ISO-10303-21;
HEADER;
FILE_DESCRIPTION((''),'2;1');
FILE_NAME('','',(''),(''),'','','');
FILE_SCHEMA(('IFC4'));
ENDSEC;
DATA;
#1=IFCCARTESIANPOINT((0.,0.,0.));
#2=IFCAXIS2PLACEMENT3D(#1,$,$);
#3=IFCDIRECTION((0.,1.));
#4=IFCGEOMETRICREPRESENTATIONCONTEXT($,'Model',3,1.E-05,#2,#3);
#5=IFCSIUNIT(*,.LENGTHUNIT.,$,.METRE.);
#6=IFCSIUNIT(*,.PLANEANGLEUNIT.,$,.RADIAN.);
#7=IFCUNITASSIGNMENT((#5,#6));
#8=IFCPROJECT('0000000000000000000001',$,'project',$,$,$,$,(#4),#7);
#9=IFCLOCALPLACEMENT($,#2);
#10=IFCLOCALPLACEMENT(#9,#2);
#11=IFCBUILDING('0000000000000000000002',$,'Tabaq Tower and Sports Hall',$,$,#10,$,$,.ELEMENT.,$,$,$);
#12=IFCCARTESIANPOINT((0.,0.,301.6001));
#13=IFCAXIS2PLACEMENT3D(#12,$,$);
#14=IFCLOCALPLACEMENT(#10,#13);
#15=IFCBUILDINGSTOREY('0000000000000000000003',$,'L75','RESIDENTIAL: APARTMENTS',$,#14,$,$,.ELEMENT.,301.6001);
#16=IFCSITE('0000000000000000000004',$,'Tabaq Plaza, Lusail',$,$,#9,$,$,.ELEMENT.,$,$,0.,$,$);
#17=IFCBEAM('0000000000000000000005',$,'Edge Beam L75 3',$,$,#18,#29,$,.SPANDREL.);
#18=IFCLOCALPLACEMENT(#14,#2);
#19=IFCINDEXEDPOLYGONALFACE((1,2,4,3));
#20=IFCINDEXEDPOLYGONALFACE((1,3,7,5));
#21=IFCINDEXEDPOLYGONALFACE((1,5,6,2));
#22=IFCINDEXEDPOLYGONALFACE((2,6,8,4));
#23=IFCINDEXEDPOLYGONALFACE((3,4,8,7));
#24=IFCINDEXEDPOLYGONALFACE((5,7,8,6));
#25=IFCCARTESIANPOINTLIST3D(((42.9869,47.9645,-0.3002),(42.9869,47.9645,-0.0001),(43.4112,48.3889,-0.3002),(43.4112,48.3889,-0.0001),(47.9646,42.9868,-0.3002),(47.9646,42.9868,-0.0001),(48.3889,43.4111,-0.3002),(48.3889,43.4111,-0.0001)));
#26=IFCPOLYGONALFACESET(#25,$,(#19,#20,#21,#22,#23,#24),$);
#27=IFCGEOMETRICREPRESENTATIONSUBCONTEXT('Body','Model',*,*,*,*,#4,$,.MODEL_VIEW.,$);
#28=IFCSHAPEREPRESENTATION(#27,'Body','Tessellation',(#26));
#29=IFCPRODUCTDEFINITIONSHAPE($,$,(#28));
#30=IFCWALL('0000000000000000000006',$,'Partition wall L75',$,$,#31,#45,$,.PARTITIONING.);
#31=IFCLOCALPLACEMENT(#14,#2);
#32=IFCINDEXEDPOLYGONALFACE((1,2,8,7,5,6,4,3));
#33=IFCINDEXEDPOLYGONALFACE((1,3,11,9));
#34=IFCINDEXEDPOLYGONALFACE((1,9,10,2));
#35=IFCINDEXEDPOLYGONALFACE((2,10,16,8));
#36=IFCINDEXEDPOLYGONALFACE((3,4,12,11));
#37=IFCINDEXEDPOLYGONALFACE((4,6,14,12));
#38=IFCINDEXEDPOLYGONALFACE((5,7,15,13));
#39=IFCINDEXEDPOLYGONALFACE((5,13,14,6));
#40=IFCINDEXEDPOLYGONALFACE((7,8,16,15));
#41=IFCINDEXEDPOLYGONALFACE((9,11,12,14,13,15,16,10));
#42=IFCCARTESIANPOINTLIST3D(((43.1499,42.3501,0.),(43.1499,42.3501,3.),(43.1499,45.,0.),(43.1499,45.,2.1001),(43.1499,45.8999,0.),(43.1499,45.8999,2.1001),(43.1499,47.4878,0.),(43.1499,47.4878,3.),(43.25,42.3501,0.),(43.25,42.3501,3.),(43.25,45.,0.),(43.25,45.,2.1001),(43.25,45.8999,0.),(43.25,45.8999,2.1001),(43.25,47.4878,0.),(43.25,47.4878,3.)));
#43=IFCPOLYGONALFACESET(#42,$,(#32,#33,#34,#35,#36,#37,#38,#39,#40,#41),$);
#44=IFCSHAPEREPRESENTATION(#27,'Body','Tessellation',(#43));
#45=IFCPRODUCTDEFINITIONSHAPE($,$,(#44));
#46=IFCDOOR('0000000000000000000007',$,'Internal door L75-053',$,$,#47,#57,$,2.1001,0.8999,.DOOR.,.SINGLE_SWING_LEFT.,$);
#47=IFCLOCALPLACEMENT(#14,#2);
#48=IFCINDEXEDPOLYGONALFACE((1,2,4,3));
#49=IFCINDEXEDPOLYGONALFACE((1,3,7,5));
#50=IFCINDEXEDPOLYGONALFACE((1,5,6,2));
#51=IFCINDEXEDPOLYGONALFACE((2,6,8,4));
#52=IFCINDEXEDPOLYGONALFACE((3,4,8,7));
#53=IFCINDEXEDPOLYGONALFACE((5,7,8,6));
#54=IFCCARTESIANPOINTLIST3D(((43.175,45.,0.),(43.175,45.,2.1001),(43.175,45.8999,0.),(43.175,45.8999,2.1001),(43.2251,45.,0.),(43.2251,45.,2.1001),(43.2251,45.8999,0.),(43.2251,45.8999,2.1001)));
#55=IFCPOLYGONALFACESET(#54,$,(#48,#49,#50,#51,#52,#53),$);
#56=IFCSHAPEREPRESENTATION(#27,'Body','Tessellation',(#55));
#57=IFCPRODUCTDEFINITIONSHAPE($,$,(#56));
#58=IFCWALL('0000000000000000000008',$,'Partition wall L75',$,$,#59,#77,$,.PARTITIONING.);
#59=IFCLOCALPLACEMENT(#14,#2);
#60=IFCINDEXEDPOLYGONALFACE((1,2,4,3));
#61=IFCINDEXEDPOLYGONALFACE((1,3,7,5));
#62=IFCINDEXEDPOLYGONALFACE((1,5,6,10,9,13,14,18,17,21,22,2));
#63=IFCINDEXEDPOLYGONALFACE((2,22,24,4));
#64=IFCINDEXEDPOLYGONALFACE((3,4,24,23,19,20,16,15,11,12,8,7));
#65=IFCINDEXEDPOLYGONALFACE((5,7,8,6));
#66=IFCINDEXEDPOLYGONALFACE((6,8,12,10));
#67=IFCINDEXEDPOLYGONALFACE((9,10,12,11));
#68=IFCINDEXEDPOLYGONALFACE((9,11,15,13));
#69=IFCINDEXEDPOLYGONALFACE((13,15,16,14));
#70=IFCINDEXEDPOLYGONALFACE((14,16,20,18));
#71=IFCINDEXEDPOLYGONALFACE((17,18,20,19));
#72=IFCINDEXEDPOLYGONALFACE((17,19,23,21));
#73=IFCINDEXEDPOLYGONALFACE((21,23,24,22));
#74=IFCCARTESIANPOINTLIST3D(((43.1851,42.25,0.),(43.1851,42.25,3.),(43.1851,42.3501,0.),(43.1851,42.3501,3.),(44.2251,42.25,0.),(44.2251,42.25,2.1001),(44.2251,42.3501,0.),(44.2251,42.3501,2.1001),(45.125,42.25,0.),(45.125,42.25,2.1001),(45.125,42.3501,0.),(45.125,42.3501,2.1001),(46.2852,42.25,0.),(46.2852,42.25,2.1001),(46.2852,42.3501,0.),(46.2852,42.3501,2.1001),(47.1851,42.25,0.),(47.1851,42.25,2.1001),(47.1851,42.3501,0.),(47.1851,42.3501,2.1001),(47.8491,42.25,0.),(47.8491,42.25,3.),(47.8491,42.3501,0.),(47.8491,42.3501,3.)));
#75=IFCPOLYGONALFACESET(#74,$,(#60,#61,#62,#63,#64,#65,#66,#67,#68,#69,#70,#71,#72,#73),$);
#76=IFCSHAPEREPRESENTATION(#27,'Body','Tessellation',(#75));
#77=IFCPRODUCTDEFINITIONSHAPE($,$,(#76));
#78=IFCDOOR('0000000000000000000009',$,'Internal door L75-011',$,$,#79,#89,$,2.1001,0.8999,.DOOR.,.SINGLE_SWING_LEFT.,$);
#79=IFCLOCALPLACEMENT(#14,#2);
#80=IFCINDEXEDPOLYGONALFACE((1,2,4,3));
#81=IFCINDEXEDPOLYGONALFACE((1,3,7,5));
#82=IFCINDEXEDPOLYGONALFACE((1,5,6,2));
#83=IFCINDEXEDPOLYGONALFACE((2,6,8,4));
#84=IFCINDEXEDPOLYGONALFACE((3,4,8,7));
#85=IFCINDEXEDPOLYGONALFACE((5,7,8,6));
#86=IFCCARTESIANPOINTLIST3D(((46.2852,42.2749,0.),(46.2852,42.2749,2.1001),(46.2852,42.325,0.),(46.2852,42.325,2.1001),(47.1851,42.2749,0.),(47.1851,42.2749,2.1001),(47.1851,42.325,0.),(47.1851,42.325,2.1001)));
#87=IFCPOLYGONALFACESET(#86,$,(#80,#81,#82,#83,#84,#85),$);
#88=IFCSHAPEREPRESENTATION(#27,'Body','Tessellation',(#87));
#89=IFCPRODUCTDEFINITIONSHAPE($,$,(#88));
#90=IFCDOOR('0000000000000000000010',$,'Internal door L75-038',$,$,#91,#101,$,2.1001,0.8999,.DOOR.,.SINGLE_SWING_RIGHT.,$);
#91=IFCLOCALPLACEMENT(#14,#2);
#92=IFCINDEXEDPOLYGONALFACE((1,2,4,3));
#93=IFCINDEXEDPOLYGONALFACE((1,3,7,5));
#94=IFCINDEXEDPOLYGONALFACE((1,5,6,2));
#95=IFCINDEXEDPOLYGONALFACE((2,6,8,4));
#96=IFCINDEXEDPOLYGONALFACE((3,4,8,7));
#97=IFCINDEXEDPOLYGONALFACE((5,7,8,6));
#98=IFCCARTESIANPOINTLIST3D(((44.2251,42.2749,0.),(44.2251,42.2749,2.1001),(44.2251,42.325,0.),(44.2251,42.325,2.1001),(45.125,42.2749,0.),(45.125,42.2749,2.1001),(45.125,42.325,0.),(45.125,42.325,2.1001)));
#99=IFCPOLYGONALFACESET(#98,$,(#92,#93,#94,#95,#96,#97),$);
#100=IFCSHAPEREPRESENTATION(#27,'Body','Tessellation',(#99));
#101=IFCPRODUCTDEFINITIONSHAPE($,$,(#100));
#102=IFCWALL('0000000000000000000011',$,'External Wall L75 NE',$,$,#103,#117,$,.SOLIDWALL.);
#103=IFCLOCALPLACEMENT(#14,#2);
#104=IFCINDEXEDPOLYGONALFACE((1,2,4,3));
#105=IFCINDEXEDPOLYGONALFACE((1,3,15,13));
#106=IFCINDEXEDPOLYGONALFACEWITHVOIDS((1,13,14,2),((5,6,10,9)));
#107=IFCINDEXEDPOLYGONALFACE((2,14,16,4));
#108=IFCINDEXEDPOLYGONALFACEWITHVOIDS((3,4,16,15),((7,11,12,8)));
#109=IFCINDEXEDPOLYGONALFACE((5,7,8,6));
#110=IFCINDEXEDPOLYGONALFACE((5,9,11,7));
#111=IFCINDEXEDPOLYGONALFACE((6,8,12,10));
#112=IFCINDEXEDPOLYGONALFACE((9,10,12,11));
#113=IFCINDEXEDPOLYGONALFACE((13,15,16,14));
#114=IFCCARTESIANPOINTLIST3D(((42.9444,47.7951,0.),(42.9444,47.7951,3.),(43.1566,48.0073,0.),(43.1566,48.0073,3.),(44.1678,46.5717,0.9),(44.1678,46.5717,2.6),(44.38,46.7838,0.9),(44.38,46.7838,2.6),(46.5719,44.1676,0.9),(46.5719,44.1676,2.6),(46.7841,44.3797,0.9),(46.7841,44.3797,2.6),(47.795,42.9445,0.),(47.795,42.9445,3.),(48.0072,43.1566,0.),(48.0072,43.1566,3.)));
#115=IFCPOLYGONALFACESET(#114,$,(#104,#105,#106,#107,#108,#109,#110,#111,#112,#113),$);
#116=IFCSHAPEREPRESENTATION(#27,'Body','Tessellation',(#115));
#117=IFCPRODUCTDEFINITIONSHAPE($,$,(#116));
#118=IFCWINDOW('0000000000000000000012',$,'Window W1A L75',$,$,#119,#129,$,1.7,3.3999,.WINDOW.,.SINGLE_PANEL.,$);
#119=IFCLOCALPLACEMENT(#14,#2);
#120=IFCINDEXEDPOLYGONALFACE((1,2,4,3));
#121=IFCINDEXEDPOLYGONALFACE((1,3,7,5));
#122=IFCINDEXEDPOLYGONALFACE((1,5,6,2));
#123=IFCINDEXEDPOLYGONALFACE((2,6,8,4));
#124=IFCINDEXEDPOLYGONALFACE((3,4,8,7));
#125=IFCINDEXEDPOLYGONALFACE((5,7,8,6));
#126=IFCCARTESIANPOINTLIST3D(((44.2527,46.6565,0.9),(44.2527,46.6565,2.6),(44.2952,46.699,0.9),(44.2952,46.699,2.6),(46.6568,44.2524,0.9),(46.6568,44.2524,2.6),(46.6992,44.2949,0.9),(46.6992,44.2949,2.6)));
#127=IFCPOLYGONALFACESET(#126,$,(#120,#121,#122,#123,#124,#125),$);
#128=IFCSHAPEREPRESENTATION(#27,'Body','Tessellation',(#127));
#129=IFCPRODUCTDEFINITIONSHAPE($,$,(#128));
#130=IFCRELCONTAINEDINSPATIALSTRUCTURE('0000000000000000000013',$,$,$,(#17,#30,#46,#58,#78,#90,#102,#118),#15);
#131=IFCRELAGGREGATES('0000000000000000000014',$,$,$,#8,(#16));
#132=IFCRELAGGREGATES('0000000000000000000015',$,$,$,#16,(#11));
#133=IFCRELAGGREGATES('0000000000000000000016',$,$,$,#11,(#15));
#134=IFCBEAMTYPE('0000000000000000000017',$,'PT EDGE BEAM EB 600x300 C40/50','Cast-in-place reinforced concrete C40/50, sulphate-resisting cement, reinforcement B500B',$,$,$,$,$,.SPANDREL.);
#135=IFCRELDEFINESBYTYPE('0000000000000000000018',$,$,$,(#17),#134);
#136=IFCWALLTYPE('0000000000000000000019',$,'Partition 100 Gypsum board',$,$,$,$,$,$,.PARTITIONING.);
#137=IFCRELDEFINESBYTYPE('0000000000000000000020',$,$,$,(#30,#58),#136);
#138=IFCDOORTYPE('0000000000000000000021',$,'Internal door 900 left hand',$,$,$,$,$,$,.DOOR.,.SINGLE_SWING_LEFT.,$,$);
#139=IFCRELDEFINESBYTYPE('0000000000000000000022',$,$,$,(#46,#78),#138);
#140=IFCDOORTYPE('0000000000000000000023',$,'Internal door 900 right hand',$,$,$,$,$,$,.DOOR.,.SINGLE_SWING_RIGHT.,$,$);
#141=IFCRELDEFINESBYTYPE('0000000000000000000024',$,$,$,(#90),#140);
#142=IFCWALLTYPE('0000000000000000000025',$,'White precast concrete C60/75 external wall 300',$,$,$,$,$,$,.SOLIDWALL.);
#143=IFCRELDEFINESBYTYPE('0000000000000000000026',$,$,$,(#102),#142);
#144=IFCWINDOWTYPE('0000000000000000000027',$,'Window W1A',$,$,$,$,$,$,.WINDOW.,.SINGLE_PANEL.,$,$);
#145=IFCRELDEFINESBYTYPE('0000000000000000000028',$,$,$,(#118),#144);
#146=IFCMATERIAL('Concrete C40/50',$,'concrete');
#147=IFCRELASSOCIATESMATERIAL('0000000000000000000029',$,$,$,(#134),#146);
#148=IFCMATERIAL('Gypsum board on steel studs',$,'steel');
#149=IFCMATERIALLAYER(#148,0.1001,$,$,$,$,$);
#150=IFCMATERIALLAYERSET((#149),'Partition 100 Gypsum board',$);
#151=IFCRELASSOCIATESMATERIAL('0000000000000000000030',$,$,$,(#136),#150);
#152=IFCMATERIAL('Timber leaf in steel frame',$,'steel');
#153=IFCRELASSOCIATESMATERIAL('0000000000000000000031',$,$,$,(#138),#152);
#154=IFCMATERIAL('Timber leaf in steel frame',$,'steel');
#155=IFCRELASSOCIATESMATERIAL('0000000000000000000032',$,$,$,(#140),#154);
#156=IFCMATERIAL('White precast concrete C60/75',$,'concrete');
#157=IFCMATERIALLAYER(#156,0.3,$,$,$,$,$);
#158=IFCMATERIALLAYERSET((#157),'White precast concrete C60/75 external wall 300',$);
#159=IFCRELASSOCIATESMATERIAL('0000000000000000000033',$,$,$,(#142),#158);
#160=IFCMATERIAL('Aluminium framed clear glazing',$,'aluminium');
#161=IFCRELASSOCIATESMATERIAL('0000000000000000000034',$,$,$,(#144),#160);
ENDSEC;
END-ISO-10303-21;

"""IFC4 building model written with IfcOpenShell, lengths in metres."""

from ifc_helpers import new_model, si_unit, direction, frame, frame_2d, origin, origin_2d, place, context, subcontext, project, spatial, rectangle, extrude, material, layer, layer_set, material_profile, profile_set, type_object, element, fill, save


model = new_model("IFC4")

# Units and contexts
model_context = context("Model", 3, precision=1e-05, world=origin(), true_north=direction((0.0, 1.0)))
body_context = subcontext(model_context, "Body", "Model", "MODEL_VIEW")
ifc_project = project(units=[si_unit("LENGTHUNIT", "METRE"), si_unit("PLANEANGLEUNIT", "RADIAN")], contexts=[model_context])

# Site, building, storey
site_placement = place(None, origin())
site = spatial("IfcSite", under=ifc_project, at=site_placement, Name="Tabaq Plaza, Lusail", CompositionType="ELEMENT", RefElevation=0.0)
building_placement = place(site_placement, origin())
building = spatial("IfcBuilding", under=site, at=building_placement, Name="Tabaq Tower and Sports Hall", CompositionType="ELEMENT")
storey_placement = place(building_placement, frame((0.0, 0.0, 301.6001)))
storey = spatial("IfcBuildingStorey", under=building, at=storey_placement, Name="L75", Description="RESIDENTIAL: APARTMENTS", CompositionType="ELEMENT", Elevation=301.6001)

# Beam
ifc_material_1 = material(Name="Concrete C40/50", Category="concrete")
ifc_material_profile = material_profile(ifc_material_1, rectangle(XDim=0.6001, YDim=0.3, at=origin_2d()), Name="EB 600x300")
ifc_profile_set = profile_set([ifc_material_profile], Name="Concrete C40/50")
beam_type = type_object("IfcBeamType", Name="PT EDGE BEAM EB 600x300 C40/50", Description="Cast-in-place reinforced concrete C40/50, sulphate-resisting cement, reinforcement B500B", PredefinedType="SPANDREL", material=ifc_profile_set)
beam_placement = place(storey_placement, frame((48.1768, 43.199, -0.1501), z_axis=(-0.707107, 0.707107, 0.0), x_axis=(-0.707107, -0.707107, 0.0)))
element("IfcBeam", 1, at=beam_placement, inside=storey, type_object=beam_type, Name="Edge Beam L75 3", PredefinedType="SPANDREL", context=body_context, shape_type="SweptSolid", body=[
    extrude(rectangle(XDim=0.6001, YDim=0.3, at=origin_2d()), origin(), (0.0, 0.0, 1.0), 7.0396),
])

# Wall, opening, door
ifc_material_2 = material(Name="Gypsum board on steel studs", Category="steel")
ifc_layer_1 = layer(ifc_material_2, 0.1001)
ifc_layer_set_1 = layer_set([ifc_layer_1], Name="Partition 100 Gypsum board")
wall_type_1 = type_object("IfcWallType", Name="Partition 100 Gypsum board", PredefinedType="PARTITIONING", material=ifc_layer_set_1)
wall_1_placement = place(storey_placement, frame((43.2, 42.3501, 0.0), z_axis=(0.0, 0.0, 1.0), x_axis=(0.0, 1.0, 0.0)))
wall_1 = element("IfcWall", 2, at=wall_1_placement, inside=storey, type_object=wall_type_1, Name="Partition wall L75", PredefinedType="PARTITIONING", context=body_context, shape_type="SweptSolid", body=[
    extrude(rectangle(XDim=5.1377, YDim=0.1001, at=frame_2d((2.5688, 0.0))), origin(), (0.0, 0.0, 1.0), 3.0),
])
opening_1_placement = place(wall_1_placement, frame((2.6499, 0.0, 0.0)))
opening_1 = element("IfcOpeningElement", 3, at=opening_1_placement, cuts=wall_1, PredefinedType="OPENING", context=body_context, shape_type="SweptSolid", body=[
    extrude(rectangle(XDim=0.8999, YDim=2.1001, at=frame_2d((0.45, 1.05))), frame((0.0, 0.05, 0.0), z_axis=(0.0, -1.0, 0.0), x_axis=(1.0, 0.0, 0.0)), (0.0, 0.0, 1.0), 0.1001),
])
ifc_material_3 = material(Name="Timber leaf in steel frame", Category="steel")
door_type_1 = type_object("IfcDoorType", Name="Internal door 900 left hand", OperationType="SINGLE_SWING_LEFT", PredefinedType="DOOR", material=ifc_material_3)
door_1_placement = place(opening_1_placement, origin())
door_1 = element("IfcDoor", 4, at=door_1_placement, inside=storey, type_object=door_type_1, Name="Internal door L75-053", OperationType="SINGLE_SWING_LEFT", OverallHeight=2.1001, OverallWidth=0.8999, PredefinedType="DOOR", context=body_context, shape_type="SweptSolid", body=[
    extrude(rectangle(XDim=0.8999, YDim=2.1001, at=frame_2d((0.45, 1.05))), frame((0.0, 0.0249, 0.0), z_axis=(0.0, -1.0, 0.0), x_axis=(1.0, 0.0, 0.0)), (0.0, 0.0, 1.0), 0.05),
])
fill(opening_1, door_1)

# Wall, openings, doors
wall_2_placement = place(storey_placement, frame((43.1851, 42.3, 0.0), z_axis=(0.0, 0.0, 1.0), x_axis=(1.0, 0.0, 0.0)))
wall_2 = element("IfcWall", 5, at=wall_2_placement, inside=storey, type_object=wall_type_1, Name="Partition wall L75", PredefinedType="PARTITIONING", context=body_context, shape_type="SweptSolid", body=[
    extrude(rectangle(XDim=4.6641, YDim=0.1001, at=frame_2d((2.332, 0.0))), origin(), (0.0, 0.0, 1.0), 3.0),
])
opening_2_placement = place(wall_2_placement, frame((3.1001, 0.0, 0.0)))
opening_2 = element("IfcOpeningElement", 6, at=opening_2_placement, cuts=wall_2, PredefinedType="OPENING", context=body_context, shape_type="SweptSolid", body=[
    extrude(rectangle(XDim=0.8999, YDim=2.1001, at=frame_2d((0.45, 1.05))), frame((0.0, 0.05, 0.0), z_axis=(0.0, -1.0, 0.0), x_axis=(1.0, 0.0, 0.0)), (0.0, 0.0, 1.0), 0.1001),
])
opening_3_placement = place(wall_2_placement, frame((1.04, 0.0, 0.0)))
opening_3 = element("IfcOpeningElement", 7, at=opening_3_placement, cuts=wall_2, PredefinedType="OPENING", context=body_context, shape_type="SweptSolid", body=[
    extrude(rectangle(XDim=0.8999, YDim=2.1001, at=frame_2d((0.45, 1.05))), frame((0.0, 0.05, 0.0), z_axis=(0.0, -1.0, 0.0), x_axis=(1.0, 0.0, 0.0)), (0.0, 0.0, 1.0), 0.1001),
])
door_2_placement = place(opening_2_placement, origin())
door_2 = element("IfcDoor", 8, at=door_2_placement, inside=storey, type_object=door_type_1, Name="Internal door L75-011", OperationType="SINGLE_SWING_LEFT", OverallHeight=2.1001, OverallWidth=0.8999, PredefinedType="DOOR", context=body_context, shape_type="SweptSolid", body=[
    extrude(rectangle(XDim=0.8999, YDim=2.1001, at=frame_2d((0.45, 1.05))), frame((0.0, 0.0249, 0.0), z_axis=(0.0, -1.0, 0.0), x_axis=(1.0, 0.0, 0.0)), (0.0, 0.0, 1.0), 0.05),
])
fill(opening_2, door_2)
ifc_material_4 = material(Name="Timber leaf in steel frame", Category="steel")
door_type_2 = type_object("IfcDoorType", Name="Internal door 900 right hand", OperationType="SINGLE_SWING_RIGHT", PredefinedType="DOOR", material=ifc_material_4)
door_3_placement = place(opening_3_placement, origin())
door_3 = element("IfcDoor", 9, at=door_3_placement, inside=storey, type_object=door_type_2, Name="Internal door L75-038", OperationType="SINGLE_SWING_RIGHT", OverallHeight=2.1001, OverallWidth=0.8999, PredefinedType="DOOR", context=body_context, shape_type="SweptSolid", body=[
    extrude(rectangle(XDim=0.8999, YDim=2.1001, at=frame_2d((0.45, 1.05))), frame((0.0, 0.0249, 0.0), z_axis=(0.0, -1.0, 0.0), x_axis=(1.0, 0.0, 0.0)), (0.0, 0.0, 1.0), 0.05),
])
fill(opening_3, door_3)

# Wall, opening, window
ifc_material_5 = material(Name="White precast concrete C60/75", Category="concrete")
ifc_layer_2 = layer(ifc_material_5, 0.3)
ifc_layer_set_2 = layer_set([ifc_layer_2], Name="White precast concrete C60/75 external wall 300")
wall_type_2 = type_object("IfcWallType", Name="White precast concrete C60/75 external wall 300", PredefinedType="SOLIDWALL", material=ifc_layer_set_2)
wall_3_placement = place(storey_placement, frame((47.9011, 43.0505, 0.0), z_axis=(0.0, 0.0, 1.0), x_axis=(-0.707107, 0.707107, 0.0)))
wall_3 = element("IfcWall", 10, at=wall_3_placement, inside=storey, type_object=wall_type_2, Name="External Wall L75 NE", PredefinedType="SOLIDWALL", context=body_context, shape_type="SweptSolid", body=[
    extrude(rectangle(XDim=6.8599, YDim=0.3, at=frame_2d((3.4299, 0.0))), origin(), (0.0, 0.0, 1.0), 3.0),
])
opening_4_placement = place(wall_3_placement, frame((1.7297, 0.0, 0.8999)))
opening_4 = element("IfcOpeningElement", 11, at=opening_4_placement, cuts=wall_3, PredefinedType="OPENING", context=body_context, shape_type="SweptSolid", body=[
    extrude(rectangle(XDim=3.3999, YDim=1.7, at=frame_2d((1.7, 0.8501))), frame((0.0, 0.1602, 0.0), z_axis=(0.0, -1.0, 0.0), x_axis=(1.0, 0.0, 0.0)), (0.0, 0.0, 1.0), 0.3201),
])
ifc_material_6 = material(Name="Aluminium framed clear glazing", Category="aluminium")
window_type_1 = type_object("IfcWindowType", Name="Window W1A", PartitioningType="SINGLE_PANEL", PredefinedType="WINDOW", material=ifc_material_6)
window_1_placement = place(opening_4_placement, origin())
window_1 = element("IfcWindow", 12, at=window_1_placement, inside=storey, type_object=window_type_1, Name="Window W1A L75", OverallHeight=1.7, OverallWidth=3.3999, PartitioningType="SINGLE_PANEL", PredefinedType="WINDOW", context=body_context, shape_type="SweptSolid", body=[
    extrude(rectangle(XDim=3.3999, YDim=1.7, at=frame_2d((1.7, 0.8501))), frame((0.0, 0.03, 0.0), z_axis=(0.0, -1.0, 0.0), x_axis=(1.0, 0.0, 0.0)), (0.0, 0.0, 1.0), 0.0601),
])
fill(opening_4, window_1)

save(model, "model.ifc")
